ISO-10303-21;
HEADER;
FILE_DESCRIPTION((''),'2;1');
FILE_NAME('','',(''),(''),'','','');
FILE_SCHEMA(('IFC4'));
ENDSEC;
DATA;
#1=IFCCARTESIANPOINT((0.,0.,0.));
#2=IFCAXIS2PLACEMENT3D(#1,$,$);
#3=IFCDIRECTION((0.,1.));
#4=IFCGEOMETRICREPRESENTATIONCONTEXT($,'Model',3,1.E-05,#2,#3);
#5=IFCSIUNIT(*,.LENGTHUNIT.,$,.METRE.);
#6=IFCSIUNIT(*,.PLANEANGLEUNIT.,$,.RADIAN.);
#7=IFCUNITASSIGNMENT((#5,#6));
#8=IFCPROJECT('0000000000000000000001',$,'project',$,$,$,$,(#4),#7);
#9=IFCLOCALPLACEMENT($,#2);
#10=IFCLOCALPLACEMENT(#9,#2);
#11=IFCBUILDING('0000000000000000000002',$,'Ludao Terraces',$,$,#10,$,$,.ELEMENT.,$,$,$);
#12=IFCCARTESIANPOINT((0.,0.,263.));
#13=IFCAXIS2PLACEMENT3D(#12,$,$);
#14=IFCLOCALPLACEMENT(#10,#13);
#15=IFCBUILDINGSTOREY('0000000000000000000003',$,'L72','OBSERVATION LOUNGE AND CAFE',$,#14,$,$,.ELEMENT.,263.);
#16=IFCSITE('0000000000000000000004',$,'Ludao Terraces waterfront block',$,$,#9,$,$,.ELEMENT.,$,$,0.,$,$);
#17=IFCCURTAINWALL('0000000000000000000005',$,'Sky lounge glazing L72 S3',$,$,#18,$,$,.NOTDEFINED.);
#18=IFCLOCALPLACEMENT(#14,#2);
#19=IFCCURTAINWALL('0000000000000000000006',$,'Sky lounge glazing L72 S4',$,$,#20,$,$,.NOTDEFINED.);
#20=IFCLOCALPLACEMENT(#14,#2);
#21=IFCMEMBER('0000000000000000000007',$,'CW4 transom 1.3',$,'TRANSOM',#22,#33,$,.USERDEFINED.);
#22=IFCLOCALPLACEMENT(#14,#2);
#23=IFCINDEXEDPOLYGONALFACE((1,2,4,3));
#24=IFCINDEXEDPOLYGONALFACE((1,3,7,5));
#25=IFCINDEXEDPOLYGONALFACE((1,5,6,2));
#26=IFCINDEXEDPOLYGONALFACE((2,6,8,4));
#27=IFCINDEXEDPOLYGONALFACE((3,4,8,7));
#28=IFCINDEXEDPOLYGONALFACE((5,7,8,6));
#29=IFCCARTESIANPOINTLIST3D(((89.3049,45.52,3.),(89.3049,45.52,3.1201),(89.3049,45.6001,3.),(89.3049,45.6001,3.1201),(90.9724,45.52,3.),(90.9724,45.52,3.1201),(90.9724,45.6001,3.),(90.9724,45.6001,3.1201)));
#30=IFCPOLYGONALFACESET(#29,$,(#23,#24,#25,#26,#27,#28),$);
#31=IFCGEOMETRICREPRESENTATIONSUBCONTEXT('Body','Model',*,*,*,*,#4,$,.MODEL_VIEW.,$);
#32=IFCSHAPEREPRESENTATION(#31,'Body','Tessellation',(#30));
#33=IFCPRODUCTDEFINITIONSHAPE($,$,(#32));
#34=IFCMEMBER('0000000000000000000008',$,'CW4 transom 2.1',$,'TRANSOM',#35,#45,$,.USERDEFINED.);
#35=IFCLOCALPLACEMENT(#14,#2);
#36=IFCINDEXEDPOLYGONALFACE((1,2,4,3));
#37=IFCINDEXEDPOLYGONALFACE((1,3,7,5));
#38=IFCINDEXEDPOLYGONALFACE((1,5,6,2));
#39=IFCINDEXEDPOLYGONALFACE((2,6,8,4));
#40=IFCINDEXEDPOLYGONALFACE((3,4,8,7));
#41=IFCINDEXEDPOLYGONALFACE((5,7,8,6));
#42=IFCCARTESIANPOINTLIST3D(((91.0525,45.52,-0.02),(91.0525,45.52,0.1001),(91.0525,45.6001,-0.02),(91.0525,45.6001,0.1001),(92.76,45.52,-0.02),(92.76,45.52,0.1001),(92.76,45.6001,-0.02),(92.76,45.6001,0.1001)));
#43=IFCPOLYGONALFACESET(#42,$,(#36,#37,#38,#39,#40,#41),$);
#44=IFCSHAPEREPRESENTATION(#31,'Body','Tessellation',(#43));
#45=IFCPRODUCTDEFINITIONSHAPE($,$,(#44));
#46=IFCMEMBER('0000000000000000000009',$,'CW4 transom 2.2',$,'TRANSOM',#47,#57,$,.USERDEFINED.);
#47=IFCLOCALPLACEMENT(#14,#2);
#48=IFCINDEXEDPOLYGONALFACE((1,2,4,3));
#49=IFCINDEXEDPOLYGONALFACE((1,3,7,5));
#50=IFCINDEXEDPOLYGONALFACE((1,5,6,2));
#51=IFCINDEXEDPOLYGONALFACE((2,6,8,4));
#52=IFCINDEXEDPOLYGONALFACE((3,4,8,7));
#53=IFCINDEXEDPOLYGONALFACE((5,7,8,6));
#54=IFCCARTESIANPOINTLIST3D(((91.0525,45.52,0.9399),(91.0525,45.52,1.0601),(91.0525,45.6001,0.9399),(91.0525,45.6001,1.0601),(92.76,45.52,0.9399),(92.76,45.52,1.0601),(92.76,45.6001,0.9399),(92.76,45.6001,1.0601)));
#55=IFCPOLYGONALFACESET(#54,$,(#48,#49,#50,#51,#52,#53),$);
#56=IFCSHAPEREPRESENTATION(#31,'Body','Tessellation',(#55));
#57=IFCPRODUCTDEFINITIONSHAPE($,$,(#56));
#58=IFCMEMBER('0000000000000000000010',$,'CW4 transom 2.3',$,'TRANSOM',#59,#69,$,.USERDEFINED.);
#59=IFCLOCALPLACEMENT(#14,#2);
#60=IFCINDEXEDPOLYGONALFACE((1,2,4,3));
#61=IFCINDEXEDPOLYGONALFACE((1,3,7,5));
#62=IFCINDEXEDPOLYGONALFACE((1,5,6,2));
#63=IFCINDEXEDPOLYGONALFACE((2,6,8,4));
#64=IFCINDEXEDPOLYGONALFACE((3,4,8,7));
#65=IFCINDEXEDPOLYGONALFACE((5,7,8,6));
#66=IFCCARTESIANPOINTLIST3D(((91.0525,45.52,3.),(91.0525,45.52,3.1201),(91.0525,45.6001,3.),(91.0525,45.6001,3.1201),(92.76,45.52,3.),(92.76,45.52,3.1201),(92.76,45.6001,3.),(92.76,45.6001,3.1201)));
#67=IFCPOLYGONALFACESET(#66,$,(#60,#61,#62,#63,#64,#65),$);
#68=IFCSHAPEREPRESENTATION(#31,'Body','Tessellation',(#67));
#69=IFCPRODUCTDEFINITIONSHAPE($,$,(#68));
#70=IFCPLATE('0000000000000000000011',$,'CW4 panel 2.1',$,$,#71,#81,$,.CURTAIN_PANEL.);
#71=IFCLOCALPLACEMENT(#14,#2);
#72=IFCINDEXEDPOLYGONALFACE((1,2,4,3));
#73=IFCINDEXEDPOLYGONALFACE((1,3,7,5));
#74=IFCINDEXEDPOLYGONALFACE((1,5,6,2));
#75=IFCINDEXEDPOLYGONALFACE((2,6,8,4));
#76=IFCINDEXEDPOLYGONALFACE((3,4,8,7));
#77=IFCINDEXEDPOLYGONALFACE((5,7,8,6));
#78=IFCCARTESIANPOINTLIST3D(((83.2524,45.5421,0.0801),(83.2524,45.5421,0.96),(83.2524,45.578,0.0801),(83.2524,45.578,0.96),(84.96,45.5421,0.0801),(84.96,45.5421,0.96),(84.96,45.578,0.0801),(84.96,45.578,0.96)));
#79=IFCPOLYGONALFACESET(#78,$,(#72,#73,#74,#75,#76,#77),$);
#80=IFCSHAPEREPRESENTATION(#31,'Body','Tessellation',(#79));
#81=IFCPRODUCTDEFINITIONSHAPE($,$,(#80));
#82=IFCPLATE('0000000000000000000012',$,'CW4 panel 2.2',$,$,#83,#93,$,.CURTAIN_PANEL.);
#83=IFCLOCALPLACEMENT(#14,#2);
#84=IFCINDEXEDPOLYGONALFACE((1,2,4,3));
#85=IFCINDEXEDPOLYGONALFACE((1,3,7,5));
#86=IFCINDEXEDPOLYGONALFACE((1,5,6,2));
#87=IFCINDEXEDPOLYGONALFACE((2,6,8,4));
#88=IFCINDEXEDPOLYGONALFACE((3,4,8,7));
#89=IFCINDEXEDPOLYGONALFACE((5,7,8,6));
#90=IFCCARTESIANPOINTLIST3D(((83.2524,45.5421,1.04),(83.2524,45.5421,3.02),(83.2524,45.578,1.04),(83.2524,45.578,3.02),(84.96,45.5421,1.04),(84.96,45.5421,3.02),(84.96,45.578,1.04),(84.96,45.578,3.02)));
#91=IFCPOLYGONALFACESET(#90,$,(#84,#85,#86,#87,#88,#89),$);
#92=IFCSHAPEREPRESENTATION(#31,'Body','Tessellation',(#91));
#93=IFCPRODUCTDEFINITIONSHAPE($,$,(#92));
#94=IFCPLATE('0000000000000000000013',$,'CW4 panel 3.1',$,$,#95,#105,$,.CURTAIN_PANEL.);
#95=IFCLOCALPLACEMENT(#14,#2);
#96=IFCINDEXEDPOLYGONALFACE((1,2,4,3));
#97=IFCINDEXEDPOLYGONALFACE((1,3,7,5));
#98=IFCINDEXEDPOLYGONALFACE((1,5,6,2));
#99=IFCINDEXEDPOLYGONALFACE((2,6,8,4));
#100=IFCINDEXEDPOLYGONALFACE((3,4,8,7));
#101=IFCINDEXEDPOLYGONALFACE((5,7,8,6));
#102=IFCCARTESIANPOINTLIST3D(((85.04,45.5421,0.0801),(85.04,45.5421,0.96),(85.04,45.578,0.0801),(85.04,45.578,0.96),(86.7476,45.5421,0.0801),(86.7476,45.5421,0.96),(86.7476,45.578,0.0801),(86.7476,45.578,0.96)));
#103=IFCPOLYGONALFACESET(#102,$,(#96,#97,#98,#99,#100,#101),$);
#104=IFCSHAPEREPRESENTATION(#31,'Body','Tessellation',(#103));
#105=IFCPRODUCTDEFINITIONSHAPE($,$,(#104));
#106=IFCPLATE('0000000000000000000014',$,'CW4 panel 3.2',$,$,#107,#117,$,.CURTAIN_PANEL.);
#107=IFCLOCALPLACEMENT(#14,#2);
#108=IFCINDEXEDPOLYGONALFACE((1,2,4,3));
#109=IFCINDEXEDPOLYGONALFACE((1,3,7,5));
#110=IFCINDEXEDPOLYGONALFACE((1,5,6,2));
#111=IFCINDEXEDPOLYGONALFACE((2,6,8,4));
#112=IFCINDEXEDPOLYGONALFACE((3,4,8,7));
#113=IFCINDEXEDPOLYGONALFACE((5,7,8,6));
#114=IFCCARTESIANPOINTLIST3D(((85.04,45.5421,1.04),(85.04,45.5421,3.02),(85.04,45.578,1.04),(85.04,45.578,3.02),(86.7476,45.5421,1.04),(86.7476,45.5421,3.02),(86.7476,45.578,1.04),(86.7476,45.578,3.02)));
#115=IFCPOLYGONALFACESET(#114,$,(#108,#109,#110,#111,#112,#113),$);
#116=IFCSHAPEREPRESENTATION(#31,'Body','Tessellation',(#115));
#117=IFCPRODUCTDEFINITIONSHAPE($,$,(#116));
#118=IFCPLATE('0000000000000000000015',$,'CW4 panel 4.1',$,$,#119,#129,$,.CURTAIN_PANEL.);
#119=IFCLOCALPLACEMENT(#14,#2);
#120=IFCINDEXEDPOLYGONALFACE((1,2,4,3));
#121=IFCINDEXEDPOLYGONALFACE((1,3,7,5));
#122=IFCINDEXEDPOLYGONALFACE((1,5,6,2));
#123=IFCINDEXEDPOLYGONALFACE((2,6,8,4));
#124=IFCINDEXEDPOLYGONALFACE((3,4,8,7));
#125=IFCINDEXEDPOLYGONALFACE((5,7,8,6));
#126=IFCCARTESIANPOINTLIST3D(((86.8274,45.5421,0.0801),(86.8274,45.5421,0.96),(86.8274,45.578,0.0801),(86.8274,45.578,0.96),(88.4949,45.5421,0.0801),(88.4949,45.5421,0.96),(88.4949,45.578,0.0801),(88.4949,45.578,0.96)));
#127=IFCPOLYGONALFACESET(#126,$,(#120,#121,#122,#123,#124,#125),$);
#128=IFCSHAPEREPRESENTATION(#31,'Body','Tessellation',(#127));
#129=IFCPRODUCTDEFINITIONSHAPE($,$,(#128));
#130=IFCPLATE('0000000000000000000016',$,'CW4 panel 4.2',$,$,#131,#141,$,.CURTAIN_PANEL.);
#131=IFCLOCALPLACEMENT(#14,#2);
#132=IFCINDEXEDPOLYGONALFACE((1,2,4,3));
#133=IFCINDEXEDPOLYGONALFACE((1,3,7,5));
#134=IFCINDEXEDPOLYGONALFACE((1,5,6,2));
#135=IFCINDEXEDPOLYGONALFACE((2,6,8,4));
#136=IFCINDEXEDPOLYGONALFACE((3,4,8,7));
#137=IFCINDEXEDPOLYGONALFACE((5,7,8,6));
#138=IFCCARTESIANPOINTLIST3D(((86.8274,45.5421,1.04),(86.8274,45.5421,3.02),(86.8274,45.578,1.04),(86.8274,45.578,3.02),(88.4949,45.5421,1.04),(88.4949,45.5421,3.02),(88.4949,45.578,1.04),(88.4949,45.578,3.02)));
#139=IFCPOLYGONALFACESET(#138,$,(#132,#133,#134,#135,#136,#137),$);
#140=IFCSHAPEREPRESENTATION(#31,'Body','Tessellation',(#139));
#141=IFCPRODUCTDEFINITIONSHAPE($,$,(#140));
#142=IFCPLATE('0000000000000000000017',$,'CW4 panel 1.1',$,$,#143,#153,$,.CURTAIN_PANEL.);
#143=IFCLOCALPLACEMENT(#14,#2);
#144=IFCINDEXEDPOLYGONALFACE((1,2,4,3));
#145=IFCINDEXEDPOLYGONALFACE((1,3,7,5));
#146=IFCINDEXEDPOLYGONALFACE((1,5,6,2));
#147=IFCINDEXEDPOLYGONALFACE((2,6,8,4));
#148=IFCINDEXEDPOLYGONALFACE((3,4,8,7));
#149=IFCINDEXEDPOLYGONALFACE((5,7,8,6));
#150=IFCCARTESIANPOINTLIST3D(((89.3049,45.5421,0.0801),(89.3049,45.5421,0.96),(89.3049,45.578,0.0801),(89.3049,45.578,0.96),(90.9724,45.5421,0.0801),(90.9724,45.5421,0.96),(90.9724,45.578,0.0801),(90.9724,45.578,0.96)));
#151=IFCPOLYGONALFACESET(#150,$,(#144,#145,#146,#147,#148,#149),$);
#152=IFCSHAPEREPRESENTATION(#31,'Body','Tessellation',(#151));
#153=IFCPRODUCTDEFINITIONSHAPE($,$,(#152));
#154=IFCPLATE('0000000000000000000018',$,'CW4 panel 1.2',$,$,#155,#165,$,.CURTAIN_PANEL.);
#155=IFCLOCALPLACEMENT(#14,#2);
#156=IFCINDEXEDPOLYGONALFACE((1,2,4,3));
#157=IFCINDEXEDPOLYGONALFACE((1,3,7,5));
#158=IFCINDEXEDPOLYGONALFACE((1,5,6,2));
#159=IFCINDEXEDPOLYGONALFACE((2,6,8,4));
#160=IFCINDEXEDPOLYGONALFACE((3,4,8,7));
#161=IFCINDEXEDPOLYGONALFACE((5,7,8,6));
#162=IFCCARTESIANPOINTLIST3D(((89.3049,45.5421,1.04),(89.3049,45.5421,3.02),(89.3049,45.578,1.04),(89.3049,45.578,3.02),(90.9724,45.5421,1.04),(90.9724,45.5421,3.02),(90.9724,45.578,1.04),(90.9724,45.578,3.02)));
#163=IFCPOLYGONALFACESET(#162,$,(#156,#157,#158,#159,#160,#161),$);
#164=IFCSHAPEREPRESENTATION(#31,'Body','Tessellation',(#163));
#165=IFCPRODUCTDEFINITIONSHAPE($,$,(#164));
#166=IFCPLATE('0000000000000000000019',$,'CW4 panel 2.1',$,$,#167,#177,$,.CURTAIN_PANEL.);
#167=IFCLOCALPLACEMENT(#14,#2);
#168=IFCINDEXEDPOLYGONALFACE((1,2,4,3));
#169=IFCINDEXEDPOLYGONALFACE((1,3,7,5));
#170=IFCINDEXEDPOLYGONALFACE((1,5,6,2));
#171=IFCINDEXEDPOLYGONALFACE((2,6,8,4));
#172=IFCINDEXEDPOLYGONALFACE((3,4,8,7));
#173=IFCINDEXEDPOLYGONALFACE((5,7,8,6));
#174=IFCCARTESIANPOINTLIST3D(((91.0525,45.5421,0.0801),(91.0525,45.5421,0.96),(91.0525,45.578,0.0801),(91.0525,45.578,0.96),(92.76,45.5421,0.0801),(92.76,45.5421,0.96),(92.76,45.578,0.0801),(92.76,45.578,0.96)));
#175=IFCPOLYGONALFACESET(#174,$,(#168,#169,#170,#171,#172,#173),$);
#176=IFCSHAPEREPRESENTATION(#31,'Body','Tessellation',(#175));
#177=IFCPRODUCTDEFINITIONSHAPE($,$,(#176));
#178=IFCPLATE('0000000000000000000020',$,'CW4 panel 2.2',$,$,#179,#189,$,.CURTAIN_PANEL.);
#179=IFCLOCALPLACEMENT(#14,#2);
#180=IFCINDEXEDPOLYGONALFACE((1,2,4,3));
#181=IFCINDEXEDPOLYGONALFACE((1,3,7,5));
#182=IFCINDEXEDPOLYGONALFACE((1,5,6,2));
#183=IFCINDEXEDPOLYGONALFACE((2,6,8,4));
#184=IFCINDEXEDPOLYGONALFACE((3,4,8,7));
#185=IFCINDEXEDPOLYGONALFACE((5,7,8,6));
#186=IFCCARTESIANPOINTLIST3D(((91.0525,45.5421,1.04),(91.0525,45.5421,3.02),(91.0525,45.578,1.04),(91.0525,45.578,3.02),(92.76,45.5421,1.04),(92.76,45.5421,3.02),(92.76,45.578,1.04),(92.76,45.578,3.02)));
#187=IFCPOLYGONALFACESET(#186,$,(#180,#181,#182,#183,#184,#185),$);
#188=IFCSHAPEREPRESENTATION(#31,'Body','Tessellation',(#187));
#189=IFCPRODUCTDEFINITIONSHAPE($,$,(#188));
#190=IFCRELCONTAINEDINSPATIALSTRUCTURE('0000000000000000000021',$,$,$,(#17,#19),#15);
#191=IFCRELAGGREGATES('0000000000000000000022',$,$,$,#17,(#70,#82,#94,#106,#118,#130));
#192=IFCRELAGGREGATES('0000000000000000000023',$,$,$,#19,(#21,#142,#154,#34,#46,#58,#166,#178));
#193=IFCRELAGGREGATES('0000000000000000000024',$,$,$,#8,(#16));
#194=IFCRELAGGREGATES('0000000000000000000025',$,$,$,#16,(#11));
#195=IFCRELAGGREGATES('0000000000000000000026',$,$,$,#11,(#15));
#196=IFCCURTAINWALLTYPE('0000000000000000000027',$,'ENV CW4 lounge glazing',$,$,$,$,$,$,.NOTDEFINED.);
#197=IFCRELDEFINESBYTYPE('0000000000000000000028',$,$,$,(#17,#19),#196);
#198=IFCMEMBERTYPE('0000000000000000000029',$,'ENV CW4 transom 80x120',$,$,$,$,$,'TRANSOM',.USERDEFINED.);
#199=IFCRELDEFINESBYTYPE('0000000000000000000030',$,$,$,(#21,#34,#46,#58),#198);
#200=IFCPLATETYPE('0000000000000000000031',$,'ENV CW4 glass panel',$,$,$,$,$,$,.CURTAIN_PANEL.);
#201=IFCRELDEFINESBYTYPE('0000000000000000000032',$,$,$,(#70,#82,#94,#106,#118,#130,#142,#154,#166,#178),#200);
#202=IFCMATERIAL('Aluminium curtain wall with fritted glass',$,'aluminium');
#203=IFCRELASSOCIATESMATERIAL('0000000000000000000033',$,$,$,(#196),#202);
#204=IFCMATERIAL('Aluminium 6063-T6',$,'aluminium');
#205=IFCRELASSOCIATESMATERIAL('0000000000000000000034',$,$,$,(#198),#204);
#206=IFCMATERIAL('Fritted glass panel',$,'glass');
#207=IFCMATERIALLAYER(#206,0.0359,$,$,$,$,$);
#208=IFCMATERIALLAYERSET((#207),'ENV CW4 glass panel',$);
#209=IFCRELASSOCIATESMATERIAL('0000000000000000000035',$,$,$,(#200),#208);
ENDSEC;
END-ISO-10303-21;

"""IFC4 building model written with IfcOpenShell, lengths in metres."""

from ifc_helpers import new_model, si_unit, direction, frame, origin, origin_2d, place, context, subcontext, project, spatial, rectangle, extrude, material, layer, layer_set, material_profile, profile_set, type_object, element, aggregate, save


model = new_model("IFC4")

# Units and contexts
model_context = context("Model", 3, precision=1e-05, world=origin(), true_north=direction((0.0, 1.0)))
body_context = subcontext(model_context, "Body", "Model", "MODEL_VIEW")
ifc_project = project(units=[si_unit("LENGTHUNIT", "METRE"), si_unit("PLANEANGLEUNIT", "RADIAN")], contexts=[model_context])

# Site, building, storey
site_placement = place(None, origin())
site = spatial("IfcSite", under=ifc_project, at=site_placement, Name="Ludao Terraces waterfront block", CompositionType="ELEMENT", RefElevation=0.0)
building_placement = place(site_placement, origin())
building = spatial("IfcBuilding", under=site, at=building_placement, Name="Ludao Terraces", CompositionType="ELEMENT")
storey_placement = place(building_placement, frame((0.0, 0.0, 263.0)))
storey = spatial("IfcBuildingStorey", under=building, at=storey_placement, Name="L72", Description="OBSERVATION LOUNGE AND CAFE", CompositionType="ELEMENT", Elevation=263.0)

# Curtain walls
ifc_material_1 = material(Name="Aluminium curtain wall with fritted glass", Category="aluminium")
curtain_wall_type = type_object("IfcCurtainWallType", Name="ENV CW4 lounge glazing", PredefinedType="NOTDEFINED", material=ifc_material_1)
curtain_wall_1_placement = place(storey_placement, origin())
curtain_wall_1 = element("IfcCurtainWall", 1, at=curtain_wall_1_placement, inside=storey, type_object=curtain_wall_type, Name="Sky lounge glazing L72 S3", PredefinedType="NOTDEFINED")
ifc_material_2 = material(Name="Aluminium 6063-T6", Category="aluminium")
curtain_wall_2_placement = place(storey_placement, origin())
curtain_wall_2 = element("IfcCurtainWall", 2, at=curtain_wall_2_placement, inside=storey, type_object=curtain_wall_type, Name="Sky lounge glazing L72 S4", PredefinedType="NOTDEFINED")

# Members
ifc_material_profile_1 = material_profile(ifc_material_2, rectangle(XDim=0.0801, YDim=0.1201, at=origin_2d()), Name="80 X 120")
ifc_profile_set_1 = profile_set([ifc_material_profile_1], Name="Aluminium 6063-T6")
member_type_1 = type_object("IfcMemberType", Name="ENV CW4 transom 80x120", ElementType="TRANSOM", PredefinedType="USERDEFINED", material=ifc_profile_set_1)
member_1_placement = place(storey_placement, frame((89.3049, 45.5601, 3.0601), z_axis=(1.0, 0.0, 0.0), x_axis=(0.0, 1.0, 0.0)))
member_1 = element("IfcMember", 3, at=member_1_placement, type_object=member_type_1, Name="CW4 transom 1.3", ObjectType="TRANSOM", PredefinedType="USERDEFINED", context=body_context, shape_type="SweptSolid", body=[
    extrude(rectangle(XDim=0.0801, YDim=0.1201, at=origin_2d()), origin(), (0.0, 0.0, 1.0), 1.6675),
])
member_2_placement = place(storey_placement, frame((91.0525, 45.5601, 0.04), z_axis=(1.0, 0.0, 0.0), x_axis=(0.0, 1.0, 0.0)))
member_2 = element("IfcMember", 4, at=member_2_placement, type_object=member_type_1, Name="CW4 transom 2.1", ObjectType="TRANSOM", PredefinedType="USERDEFINED", context=body_context, shape_type="SweptSolid", body=[
    extrude(rectangle(XDim=0.0801, YDim=0.1201, at=origin_2d()), origin(), (0.0, 0.0, 1.0), 1.7075),
])
member_3_placement = place(storey_placement, frame((91.0525, 45.5601, 1.0), z_axis=(1.0, 0.0, 0.0), x_axis=(0.0, 1.0, 0.0)))
member_3 = element("IfcMember", 5, at=member_3_placement, type_object=member_type_1, Name="CW4 transom 2.2", ObjectType="TRANSOM", PredefinedType="USERDEFINED", context=body_context, shape_type="SweptSolid", body=[
    extrude(rectangle(XDim=0.0801, YDim=0.1201, at=origin_2d()), origin(), (0.0, 0.0, 1.0), 1.7075),
])
member_4_placement = place(storey_placement, frame((91.0525, 45.5601, 3.0601), z_axis=(1.0, 0.0, 0.0), x_axis=(0.0, 1.0, 0.0)))
member_4 = element("IfcMember", 6, at=member_4_placement, type_object=member_type_1, Name="CW4 transom 2.3", ObjectType="TRANSOM", PredefinedType="USERDEFINED", context=body_context, shape_type="SweptSolid", body=[
    extrude(rectangle(XDim=0.0801, YDim=0.1201, at=origin_2d()), origin(), (0.0, 0.0, 1.0), 1.7075),
])

# Plates
ifc_material_3 = material(Name="Fritted glass panel", Category="glass")
ifc_layer_1 = layer(ifc_material_3, 0.0359)
ifc_layer_set_1 = layer_set([ifc_layer_1], Name="ENV CW4 glass panel")
plate_type = type_object("IfcPlateType", Name="ENV CW4 glass panel", PredefinedType="CURTAIN_PANEL", material=ifc_layer_set_1)
plate_1_placement = place(storey_placement, frame((84.1062, 45.5601, 0.0801), z_axis=(0.0, 0.0, 1.0), x_axis=(1.0, 0.0, 0.0)))
plate_1 = element("IfcPlate", 7, at=plate_1_placement, type_object=plate_type, Name="CW4 panel 2.1", PredefinedType="CURTAIN_PANEL", context=body_context, shape_type="SweptSolid", body=[
    extrude(rectangle(XDim=1.7075, YDim=0.0359, at=origin_2d()), origin(), (0.0, 0.0, 1.0), 0.8799),
])
plate_2_placement = place(storey_placement, frame((84.1062, 45.5601, 1.04), z_axis=(0.0, 0.0, 1.0), x_axis=(1.0, 0.0, 0.0)))
plate_2 = element("IfcPlate", 8, at=plate_2_placement, type_object=plate_type, Name="CW4 panel 2.2", PredefinedType="CURTAIN_PANEL", context=body_context, shape_type="SweptSolid", body=[
    extrude(rectangle(XDim=1.7075, YDim=0.0359, at=origin_2d()), origin(), (0.0, 0.0, 1.0), 1.98),
])
plate_3_placement = place(storey_placement, frame((85.8938, 45.5601, 0.0801), z_axis=(0.0, 0.0, 1.0), x_axis=(1.0, 0.0, 0.0)))
plate_3 = element("IfcPlate", 9, at=plate_3_placement, type_object=plate_type, Name="CW4 panel 3.1", PredefinedType="CURTAIN_PANEL", context=body_context, shape_type="SweptSolid", body=[
    extrude(rectangle(XDim=1.7075, YDim=0.0359, at=origin_2d()), origin(), (0.0, 0.0, 1.0), 0.8799),
])
plate_4_placement = place(storey_placement, frame((85.8938, 45.5601, 1.04), z_axis=(0.0, 0.0, 1.0), x_axis=(1.0, 0.0, 0.0)))
plate_4 = element("IfcPlate", 10, at=plate_4_placement, type_object=plate_type, Name="CW4 panel 3.2", PredefinedType="CURTAIN_PANEL", context=body_context, shape_type="SweptSolid", body=[
    extrude(rectangle(XDim=1.7075, YDim=0.0359, at=origin_2d()), origin(), (0.0, 0.0, 1.0), 1.98),
])
plate_5_placement = place(storey_placement, frame((87.6611, 45.5601, 0.0801), z_axis=(0.0, 0.0, 1.0), x_axis=(1.0, 0.0, 0.0)))
plate_5 = element("IfcPlate", 11, at=plate_5_placement, type_object=plate_type, Name="CW4 panel 4.1", PredefinedType="CURTAIN_PANEL", context=body_context, shape_type="SweptSolid", body=[
    extrude(rectangle(XDim=1.6675, YDim=0.0359, at=origin_2d()), origin(), (0.0, 0.0, 1.0), 0.8799),
])
plate_6_placement = place(storey_placement, frame((87.6611, 45.5601, 1.04), z_axis=(0.0, 0.0, 1.0), x_axis=(1.0, 0.0, 0.0)))
plate_6 = element("IfcPlate", 12, at=plate_6_placement, type_object=plate_type, Name="CW4 panel 4.2", PredefinedType="CURTAIN_PANEL", context=body_context, shape_type="SweptSolid", body=[
    extrude(rectangle(XDim=1.6675, YDim=0.0359, at=origin_2d()), origin(), (0.0, 0.0, 1.0), 1.98),
])
aggregate(curtain_wall_1, [plate_1, plate_2, plate_3, plate_4, plate_5, plate_6])
plate_7_placement = place(storey_placement, frame((90.1387, 45.5601, 0.0801), z_axis=(0.0, 0.0, 1.0), x_axis=(1.0, 0.0, 0.0)))
plate_7 = element("IfcPlate", 13, at=plate_7_placement, type_object=plate_type, Name="CW4 panel 1.1", PredefinedType="CURTAIN_PANEL", context=body_context, shape_type="SweptSolid", body=[
    extrude(rectangle(XDim=1.6675, YDim=0.0359, at=origin_2d()), origin(), (0.0, 0.0, 1.0), 0.8799),
])
plate_8_placement = place(storey_placement, frame((90.1387, 45.5601, 1.04), z_axis=(0.0, 0.0, 1.0), x_axis=(1.0, 0.0, 0.0)))
plate_8 = element("IfcPlate", 14, at=plate_8_placement, type_object=plate_type, Name="CW4 panel 1.2", PredefinedType="CURTAIN_PANEL", context=body_context, shape_type="SweptSolid", body=[
    extrude(rectangle(XDim=1.6675, YDim=0.0359, at=origin_2d()), origin(), (0.0, 0.0, 1.0), 1.98),
])
plate_9_placement = place(storey_placement, frame((91.9062, 45.5601, 0.0801), z_axis=(0.0, 0.0, 1.0), x_axis=(1.0, 0.0, 0.0)))
plate_9 = element("IfcPlate", 15, at=plate_9_placement, type_object=plate_type, Name="CW4 panel 2.1", PredefinedType="CURTAIN_PANEL", context=body_context, shape_type="SweptSolid", body=[
    extrude(rectangle(XDim=1.7075, YDim=0.0359, at=origin_2d()), origin(), (0.0, 0.0, 1.0), 0.8799),
])
plate_10_placement = place(storey_placement, frame((91.9062, 45.5601, 1.04), z_axis=(0.0, 0.0, 1.0), x_axis=(1.0, 0.0, 0.0)))
plate_10 = element("IfcPlate", 16, at=plate_10_placement, type_object=plate_type, Name="CW4 panel 2.2", PredefinedType="CURTAIN_PANEL", context=body_context, shape_type="SweptSolid", body=[
    extrude(rectangle(XDim=1.7075, YDim=0.0359, at=origin_2d()), origin(), (0.0, 0.0, 1.0), 1.98),
])
aggregate(curtain_wall_2, [member_1, plate_7, plate_8, member_2, member_3, member_4, plate_9, plate_10])

save(model, "model.ifc")
